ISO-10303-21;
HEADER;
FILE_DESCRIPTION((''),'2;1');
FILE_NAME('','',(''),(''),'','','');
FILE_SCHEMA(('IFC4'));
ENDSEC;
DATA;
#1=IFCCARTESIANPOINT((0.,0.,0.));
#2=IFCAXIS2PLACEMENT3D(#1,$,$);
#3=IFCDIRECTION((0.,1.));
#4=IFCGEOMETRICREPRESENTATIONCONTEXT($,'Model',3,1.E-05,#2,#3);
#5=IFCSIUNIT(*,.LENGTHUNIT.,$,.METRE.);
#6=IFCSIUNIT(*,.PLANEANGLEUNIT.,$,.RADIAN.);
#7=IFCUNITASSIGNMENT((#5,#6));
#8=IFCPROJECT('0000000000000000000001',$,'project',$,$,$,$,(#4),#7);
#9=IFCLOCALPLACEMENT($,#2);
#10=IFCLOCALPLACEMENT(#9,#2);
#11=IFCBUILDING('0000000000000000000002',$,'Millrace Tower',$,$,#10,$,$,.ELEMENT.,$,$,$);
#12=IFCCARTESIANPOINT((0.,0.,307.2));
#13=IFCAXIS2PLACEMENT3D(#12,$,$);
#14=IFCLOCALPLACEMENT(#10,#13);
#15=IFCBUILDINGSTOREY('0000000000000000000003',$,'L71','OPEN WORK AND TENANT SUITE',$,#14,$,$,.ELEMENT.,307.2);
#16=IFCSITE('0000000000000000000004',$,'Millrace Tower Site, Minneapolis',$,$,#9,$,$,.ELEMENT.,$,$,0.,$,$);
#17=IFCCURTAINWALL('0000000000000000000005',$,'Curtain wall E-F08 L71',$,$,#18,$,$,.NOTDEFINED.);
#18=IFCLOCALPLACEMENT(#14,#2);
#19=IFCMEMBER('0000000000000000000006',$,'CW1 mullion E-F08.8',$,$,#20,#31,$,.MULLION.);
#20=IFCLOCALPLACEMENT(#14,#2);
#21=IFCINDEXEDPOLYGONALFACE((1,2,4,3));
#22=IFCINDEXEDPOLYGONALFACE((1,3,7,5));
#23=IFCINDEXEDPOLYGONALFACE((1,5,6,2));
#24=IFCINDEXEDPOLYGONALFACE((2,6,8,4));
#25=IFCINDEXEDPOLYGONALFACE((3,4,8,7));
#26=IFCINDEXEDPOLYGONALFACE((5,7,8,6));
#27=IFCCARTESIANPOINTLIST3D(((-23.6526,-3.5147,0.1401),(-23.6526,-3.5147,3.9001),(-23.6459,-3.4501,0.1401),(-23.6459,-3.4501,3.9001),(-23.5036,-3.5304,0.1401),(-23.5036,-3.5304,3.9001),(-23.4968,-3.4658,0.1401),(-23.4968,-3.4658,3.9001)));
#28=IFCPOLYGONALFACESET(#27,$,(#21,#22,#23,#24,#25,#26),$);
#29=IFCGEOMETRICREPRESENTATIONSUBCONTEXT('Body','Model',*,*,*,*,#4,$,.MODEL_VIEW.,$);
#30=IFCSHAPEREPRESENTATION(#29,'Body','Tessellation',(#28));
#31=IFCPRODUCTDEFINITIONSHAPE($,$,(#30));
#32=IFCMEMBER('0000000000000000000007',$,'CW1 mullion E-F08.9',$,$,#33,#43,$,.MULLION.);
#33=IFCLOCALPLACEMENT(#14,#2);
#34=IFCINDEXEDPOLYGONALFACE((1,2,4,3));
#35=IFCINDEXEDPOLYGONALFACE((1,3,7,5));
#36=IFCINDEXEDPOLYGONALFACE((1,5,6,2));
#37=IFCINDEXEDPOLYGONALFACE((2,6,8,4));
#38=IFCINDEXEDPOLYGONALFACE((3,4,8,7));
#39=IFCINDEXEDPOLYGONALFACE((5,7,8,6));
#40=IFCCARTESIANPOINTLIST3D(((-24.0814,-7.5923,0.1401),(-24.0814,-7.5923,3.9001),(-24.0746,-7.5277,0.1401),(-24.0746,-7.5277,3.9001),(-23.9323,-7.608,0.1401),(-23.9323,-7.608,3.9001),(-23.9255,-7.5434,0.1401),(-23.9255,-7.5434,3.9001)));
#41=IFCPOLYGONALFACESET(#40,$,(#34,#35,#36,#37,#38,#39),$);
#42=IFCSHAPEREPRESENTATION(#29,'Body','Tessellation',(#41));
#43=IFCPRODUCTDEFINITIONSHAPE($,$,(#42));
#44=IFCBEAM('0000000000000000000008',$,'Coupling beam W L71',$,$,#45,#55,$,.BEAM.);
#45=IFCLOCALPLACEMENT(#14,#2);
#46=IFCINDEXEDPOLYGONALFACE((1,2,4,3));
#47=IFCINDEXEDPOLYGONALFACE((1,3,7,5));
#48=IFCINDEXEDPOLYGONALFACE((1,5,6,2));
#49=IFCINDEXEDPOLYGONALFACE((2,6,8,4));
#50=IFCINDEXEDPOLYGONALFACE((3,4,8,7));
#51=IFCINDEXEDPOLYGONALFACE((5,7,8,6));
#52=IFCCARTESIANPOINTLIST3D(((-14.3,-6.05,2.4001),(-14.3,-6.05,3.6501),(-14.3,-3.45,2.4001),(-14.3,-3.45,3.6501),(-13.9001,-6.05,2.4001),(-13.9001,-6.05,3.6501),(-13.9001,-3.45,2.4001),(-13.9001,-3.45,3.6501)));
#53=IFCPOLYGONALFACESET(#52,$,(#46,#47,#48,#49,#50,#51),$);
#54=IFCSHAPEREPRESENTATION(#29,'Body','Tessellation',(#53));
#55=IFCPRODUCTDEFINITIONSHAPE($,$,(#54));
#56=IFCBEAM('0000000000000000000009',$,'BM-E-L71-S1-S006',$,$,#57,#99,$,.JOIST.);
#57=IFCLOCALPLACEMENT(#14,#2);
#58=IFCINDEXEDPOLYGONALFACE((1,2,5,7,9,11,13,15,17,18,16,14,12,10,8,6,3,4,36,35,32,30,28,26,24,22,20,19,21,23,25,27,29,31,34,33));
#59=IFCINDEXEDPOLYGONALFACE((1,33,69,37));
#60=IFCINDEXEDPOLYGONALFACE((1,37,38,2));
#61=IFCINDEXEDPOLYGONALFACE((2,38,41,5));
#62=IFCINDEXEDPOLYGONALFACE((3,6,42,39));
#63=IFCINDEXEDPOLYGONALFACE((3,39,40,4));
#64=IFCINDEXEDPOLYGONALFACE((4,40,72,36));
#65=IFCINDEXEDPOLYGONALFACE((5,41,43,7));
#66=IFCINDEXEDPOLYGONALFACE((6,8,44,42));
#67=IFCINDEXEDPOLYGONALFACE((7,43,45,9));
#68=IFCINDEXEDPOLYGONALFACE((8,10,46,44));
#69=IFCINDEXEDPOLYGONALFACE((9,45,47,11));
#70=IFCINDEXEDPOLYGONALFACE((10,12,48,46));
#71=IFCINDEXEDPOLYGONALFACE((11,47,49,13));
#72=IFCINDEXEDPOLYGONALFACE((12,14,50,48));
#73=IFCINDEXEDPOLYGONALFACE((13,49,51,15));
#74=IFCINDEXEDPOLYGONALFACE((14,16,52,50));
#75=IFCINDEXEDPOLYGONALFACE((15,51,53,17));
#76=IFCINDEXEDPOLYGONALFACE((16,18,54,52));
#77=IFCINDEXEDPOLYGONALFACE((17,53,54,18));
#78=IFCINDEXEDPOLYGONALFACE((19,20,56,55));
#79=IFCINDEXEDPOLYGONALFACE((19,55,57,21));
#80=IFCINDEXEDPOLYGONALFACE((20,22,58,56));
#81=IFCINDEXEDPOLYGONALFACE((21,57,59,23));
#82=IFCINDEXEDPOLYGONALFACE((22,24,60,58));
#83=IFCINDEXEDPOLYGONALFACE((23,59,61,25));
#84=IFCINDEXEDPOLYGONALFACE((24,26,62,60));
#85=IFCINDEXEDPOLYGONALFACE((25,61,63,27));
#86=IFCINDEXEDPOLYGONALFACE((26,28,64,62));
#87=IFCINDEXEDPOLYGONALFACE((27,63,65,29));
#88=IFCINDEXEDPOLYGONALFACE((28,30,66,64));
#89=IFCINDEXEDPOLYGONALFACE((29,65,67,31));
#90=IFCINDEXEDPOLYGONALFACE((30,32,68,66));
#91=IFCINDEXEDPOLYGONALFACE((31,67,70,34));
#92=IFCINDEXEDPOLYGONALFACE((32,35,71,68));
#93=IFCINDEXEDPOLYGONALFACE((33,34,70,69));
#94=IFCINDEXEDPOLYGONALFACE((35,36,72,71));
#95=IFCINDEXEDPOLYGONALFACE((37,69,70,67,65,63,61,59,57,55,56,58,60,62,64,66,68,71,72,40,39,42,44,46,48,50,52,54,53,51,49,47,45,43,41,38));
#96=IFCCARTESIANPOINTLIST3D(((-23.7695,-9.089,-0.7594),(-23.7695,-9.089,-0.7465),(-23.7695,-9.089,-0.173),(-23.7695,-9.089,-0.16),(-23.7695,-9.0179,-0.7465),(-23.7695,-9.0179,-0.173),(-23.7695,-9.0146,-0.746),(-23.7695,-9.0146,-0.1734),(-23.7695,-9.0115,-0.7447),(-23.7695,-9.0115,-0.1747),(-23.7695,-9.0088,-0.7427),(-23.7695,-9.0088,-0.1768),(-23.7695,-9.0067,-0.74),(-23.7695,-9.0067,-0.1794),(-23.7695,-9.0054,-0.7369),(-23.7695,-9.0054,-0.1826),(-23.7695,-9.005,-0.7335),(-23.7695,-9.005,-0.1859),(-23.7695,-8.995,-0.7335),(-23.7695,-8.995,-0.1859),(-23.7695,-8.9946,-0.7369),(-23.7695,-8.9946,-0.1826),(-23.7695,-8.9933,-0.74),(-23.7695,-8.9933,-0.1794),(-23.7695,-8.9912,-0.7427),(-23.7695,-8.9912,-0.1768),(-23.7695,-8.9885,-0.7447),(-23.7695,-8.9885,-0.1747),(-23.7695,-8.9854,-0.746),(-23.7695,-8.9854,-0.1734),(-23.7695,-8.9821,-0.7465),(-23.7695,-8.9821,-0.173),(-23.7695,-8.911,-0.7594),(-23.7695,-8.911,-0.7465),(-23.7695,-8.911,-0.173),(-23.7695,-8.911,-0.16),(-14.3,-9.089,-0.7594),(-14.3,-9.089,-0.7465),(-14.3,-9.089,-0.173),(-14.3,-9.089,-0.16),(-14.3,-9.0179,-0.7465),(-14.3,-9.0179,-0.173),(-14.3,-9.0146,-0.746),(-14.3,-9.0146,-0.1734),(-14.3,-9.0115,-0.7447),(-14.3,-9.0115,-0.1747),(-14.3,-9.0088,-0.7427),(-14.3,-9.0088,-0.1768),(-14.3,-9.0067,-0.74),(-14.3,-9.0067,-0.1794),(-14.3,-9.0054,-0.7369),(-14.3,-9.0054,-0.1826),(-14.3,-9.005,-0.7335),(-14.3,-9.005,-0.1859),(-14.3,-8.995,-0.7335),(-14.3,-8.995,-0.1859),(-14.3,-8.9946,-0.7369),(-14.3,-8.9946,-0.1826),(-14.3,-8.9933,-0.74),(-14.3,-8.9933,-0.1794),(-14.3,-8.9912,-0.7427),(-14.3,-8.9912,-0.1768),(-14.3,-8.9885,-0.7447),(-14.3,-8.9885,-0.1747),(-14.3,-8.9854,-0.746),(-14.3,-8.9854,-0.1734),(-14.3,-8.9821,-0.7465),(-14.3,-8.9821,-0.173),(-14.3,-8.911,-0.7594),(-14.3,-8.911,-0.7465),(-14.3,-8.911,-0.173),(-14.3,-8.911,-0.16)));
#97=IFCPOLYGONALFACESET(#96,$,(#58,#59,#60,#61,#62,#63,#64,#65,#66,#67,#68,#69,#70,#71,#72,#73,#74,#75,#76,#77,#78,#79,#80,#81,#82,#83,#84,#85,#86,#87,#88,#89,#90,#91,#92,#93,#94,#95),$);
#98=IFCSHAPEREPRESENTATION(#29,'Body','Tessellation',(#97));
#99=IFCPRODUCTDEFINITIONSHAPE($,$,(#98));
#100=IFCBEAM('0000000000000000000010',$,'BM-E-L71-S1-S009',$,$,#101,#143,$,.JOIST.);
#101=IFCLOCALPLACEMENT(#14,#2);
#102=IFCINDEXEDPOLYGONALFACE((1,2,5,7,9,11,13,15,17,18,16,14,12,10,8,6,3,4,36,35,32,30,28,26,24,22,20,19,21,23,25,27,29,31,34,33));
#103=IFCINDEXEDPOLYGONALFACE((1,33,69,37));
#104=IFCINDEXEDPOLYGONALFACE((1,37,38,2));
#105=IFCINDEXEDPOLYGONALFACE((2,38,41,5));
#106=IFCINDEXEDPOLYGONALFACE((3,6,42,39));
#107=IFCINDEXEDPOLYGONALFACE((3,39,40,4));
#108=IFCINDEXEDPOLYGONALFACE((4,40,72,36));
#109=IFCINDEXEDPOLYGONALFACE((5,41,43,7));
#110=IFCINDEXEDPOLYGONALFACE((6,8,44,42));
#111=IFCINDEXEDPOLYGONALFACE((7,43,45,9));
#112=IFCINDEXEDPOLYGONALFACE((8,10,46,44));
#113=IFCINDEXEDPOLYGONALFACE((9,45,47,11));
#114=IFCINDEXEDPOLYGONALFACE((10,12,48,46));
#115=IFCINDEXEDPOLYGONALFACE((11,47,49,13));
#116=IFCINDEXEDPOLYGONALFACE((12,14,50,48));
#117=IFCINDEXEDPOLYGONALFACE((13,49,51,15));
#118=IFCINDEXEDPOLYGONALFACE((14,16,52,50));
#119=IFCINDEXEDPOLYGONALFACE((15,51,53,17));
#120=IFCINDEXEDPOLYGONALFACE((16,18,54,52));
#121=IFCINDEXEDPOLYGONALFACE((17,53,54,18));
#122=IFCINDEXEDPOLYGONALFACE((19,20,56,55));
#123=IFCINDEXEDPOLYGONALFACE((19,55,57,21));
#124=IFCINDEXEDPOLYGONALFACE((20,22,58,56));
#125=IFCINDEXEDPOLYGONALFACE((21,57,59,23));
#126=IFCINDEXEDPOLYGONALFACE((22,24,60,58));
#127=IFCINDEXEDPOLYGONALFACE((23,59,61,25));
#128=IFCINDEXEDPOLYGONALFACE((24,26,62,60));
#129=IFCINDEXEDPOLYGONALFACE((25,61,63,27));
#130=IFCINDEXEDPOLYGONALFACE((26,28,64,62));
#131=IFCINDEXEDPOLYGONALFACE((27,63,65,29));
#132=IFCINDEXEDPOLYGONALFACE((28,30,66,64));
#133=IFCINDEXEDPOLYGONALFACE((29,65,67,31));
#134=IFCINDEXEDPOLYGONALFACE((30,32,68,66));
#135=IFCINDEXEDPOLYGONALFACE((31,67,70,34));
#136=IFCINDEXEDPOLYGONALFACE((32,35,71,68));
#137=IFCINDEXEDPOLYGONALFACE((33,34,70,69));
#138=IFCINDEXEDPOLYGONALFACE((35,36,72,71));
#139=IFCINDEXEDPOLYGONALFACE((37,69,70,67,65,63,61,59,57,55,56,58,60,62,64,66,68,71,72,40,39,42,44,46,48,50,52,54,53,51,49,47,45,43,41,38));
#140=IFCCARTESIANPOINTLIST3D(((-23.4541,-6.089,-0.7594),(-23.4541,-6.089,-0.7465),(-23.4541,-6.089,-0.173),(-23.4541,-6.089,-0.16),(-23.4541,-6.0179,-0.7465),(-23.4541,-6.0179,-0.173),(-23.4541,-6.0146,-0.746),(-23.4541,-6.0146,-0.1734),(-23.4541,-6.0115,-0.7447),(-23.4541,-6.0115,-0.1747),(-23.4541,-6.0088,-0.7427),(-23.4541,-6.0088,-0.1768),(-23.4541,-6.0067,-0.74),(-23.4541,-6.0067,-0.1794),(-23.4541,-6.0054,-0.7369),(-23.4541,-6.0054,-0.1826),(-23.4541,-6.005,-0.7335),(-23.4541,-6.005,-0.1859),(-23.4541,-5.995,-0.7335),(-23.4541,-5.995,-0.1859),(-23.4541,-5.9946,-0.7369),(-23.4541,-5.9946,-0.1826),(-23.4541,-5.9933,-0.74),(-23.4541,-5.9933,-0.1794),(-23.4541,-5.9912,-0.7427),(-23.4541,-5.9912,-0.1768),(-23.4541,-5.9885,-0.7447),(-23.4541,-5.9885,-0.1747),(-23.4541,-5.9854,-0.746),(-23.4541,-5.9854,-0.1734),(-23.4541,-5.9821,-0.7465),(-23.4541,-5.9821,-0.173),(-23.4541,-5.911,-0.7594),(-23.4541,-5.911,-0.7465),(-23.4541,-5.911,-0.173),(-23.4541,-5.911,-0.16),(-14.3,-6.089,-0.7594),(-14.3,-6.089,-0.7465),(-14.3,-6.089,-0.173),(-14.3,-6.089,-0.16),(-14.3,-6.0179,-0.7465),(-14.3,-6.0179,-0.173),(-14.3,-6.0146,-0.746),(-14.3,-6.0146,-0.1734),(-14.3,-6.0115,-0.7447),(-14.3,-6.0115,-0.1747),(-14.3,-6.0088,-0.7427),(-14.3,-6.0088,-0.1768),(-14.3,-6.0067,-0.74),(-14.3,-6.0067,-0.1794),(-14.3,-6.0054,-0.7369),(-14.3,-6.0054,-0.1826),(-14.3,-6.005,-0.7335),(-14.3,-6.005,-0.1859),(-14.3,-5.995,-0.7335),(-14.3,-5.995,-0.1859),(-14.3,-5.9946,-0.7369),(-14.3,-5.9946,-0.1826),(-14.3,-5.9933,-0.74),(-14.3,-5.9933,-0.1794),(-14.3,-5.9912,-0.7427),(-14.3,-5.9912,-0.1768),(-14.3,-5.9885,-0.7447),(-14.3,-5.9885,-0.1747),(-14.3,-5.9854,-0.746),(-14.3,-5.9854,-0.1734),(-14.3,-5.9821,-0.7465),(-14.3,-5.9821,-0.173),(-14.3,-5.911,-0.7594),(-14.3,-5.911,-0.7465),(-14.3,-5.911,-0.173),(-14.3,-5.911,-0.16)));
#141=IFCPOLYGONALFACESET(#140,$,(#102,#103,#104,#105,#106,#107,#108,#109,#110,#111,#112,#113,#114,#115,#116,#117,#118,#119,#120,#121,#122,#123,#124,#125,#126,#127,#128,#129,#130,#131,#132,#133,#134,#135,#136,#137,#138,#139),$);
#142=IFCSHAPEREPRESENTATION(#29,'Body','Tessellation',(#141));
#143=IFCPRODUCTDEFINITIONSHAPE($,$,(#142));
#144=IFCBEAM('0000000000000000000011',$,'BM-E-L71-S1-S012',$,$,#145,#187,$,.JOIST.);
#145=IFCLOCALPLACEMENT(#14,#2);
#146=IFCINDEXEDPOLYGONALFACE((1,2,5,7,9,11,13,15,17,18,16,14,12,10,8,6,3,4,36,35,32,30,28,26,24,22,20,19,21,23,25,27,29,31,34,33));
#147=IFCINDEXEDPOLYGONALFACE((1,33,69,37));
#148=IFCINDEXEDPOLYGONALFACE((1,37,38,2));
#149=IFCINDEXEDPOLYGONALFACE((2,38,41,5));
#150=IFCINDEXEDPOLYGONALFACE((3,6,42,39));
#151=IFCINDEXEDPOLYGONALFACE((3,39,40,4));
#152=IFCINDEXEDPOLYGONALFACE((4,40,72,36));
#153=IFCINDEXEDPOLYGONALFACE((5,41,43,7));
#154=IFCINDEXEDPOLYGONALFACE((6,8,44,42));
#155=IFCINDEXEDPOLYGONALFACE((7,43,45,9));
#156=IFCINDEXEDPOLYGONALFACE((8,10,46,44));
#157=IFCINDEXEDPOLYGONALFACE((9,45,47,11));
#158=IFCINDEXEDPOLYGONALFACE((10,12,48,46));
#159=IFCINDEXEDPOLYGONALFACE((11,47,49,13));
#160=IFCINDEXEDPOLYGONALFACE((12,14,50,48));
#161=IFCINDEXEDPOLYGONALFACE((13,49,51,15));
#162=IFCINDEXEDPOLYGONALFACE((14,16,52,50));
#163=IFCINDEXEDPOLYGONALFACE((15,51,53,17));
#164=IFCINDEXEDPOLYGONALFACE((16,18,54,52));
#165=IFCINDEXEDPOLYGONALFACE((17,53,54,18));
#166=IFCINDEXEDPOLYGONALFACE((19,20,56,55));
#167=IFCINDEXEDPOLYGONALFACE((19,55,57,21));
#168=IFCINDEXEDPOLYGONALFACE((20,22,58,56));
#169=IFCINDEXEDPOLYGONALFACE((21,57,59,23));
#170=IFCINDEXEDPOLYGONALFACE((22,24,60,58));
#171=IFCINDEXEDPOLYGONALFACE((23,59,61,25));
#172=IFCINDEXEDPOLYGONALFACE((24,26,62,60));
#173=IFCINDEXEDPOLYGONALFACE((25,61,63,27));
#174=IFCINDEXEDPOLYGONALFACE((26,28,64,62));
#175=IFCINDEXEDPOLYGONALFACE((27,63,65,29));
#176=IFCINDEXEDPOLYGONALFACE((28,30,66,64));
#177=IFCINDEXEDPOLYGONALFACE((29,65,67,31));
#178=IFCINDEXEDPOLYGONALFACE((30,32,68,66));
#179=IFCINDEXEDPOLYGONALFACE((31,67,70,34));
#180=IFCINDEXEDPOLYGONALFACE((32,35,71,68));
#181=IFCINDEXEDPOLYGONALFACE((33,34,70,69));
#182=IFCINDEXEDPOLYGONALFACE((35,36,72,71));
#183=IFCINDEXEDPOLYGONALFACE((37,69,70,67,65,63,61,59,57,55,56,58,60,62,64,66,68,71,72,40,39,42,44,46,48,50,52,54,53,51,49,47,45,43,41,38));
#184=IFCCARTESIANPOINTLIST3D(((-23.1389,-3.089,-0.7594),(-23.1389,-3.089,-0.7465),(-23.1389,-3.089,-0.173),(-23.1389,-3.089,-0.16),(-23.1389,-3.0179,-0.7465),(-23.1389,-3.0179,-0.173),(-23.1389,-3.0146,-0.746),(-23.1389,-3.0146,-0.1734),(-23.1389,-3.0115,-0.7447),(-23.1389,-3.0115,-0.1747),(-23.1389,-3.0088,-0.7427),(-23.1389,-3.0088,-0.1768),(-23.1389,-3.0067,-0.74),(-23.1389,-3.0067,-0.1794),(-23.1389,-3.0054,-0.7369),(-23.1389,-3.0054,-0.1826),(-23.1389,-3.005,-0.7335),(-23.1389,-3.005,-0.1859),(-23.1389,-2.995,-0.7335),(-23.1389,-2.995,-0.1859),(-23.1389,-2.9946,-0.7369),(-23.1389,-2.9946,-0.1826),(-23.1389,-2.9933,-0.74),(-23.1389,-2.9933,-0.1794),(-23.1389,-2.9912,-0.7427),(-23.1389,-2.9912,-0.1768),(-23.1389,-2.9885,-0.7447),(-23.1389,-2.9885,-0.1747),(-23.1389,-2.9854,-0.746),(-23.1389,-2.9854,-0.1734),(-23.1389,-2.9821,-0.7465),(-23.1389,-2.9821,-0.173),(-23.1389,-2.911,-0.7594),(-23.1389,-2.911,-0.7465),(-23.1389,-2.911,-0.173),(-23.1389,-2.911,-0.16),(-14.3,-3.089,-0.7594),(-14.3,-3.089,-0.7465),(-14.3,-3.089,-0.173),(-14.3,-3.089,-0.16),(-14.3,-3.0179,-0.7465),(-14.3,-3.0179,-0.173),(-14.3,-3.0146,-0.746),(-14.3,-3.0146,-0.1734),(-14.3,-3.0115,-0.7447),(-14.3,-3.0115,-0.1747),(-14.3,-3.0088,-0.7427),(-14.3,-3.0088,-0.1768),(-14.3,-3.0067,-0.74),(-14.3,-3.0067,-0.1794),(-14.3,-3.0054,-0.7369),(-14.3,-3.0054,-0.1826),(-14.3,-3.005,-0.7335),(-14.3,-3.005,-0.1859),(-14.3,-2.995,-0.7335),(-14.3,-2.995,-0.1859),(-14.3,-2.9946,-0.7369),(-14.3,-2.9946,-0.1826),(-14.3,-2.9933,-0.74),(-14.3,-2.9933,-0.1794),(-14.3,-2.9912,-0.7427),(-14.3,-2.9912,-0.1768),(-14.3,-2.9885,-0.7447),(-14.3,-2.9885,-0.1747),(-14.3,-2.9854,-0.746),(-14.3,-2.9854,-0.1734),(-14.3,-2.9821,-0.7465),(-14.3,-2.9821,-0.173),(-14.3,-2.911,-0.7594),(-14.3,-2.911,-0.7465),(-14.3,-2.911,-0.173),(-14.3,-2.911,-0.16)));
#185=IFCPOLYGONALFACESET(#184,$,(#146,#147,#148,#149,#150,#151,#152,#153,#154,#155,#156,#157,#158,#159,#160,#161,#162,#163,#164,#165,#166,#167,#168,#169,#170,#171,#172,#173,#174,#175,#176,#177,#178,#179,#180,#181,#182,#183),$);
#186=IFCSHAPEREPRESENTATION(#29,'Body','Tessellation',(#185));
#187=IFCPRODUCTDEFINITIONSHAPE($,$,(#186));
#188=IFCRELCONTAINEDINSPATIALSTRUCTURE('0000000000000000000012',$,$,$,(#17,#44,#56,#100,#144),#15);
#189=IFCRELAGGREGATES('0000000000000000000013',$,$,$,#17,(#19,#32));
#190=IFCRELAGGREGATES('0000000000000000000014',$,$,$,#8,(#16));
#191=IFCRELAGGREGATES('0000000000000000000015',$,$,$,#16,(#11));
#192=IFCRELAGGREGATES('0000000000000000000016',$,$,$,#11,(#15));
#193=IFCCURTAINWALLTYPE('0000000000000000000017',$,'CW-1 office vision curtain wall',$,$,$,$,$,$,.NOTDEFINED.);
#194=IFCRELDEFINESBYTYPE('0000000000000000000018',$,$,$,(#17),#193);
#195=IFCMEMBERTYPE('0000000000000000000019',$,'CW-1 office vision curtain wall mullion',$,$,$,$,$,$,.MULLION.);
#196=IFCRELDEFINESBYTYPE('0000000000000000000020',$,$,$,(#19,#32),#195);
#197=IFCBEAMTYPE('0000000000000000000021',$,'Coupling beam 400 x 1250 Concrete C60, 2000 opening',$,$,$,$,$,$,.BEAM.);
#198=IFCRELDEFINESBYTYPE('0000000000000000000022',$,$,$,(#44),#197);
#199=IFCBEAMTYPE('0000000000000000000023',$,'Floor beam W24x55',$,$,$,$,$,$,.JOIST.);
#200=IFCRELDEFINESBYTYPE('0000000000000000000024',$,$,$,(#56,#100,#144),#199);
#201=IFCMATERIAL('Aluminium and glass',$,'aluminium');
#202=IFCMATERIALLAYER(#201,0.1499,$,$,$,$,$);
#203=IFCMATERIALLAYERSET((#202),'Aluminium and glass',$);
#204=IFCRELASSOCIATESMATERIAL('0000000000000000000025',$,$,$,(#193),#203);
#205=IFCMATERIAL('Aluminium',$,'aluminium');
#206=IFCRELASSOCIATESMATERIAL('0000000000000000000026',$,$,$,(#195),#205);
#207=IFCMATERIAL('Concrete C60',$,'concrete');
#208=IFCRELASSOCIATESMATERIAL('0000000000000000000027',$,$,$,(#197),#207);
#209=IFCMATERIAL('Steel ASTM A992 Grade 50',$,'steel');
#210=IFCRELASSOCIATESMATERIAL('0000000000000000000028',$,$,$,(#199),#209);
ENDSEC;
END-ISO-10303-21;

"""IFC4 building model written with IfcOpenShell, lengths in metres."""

from ifc_helpers import new_model, si_unit, direction, frame, origin, origin_2d, place, context, subcontext, project, spatial, rectangle, i_section, extrude, material, layer, layer_set, material_profile, profile_set, type_object, element, aggregate, save


model = new_model("IFC4")

# Units and contexts
model_context = context("Model", 3, precision=1e-05, world=origin(), true_north=direction((0.0, 1.0)))
body_context = subcontext(model_context, "Body", "Model", "MODEL_VIEW")
ifc_project = project(units=[si_unit("LENGTHUNIT", "METRE"), si_unit("PLANEANGLEUNIT", "RADIAN")], contexts=[model_context])

# Site, building, storey
site_placement = place(None, origin())
site = spatial("IfcSite", under=ifc_project, at=site_placement, Name="Millrace Tower Site, Minneapolis", CompositionType="ELEMENT", RefElevation=0.0)
building_placement = place(site_placement, origin())
building = spatial("IfcBuilding", under=site, at=building_placement, Name="Millrace Tower", CompositionType="ELEMENT")
storey_placement = place(building_placement, frame((0.0, 0.0, 307.2)))
storey = spatial("IfcBuildingStorey", under=building, at=storey_placement, Name="L71", Description="OPEN WORK AND TENANT SUITE", CompositionType="ELEMENT", Elevation=307.2)

# Curtain wall, members
ifc_material_1 = material(Name="Aluminium and glass", Category="aluminium")
ifc_layer_1 = layer(ifc_material_1, 0.1499)
ifc_layer_set_1 = layer_set([ifc_layer_1], Name="Aluminium and glass")
curtain_wall_type = type_object("IfcCurtainWallType", Name="CW-1 office vision curtain wall", PredefinedType="NOTDEFINED", material=ifc_layer_set_1)
curtain_wall_placement = place(storey_placement, origin())
curtain_wall = element("IfcCurtainWall", 1, at=curtain_wall_placement, inside=storey, type_object=curtain_wall_type, Name="Curtain wall E-F08 L71", PredefinedType="NOTDEFINED")
ifc_material_2 = material(Name="Aluminium", Category="aluminium")
ifc_material_profile_1 = material_profile(ifc_material_2, rectangle(XDim=0.0649, YDim=0.1499, at=origin_2d()))
ifc_profile_set_1 = profile_set([ifc_material_profile_1], Name="Aluminium")
member_type = type_object("IfcMemberType", Name="CW-1 office vision curtain wall mullion", PredefinedType="MULLION", material=ifc_profile_set_1)
member_1_placement = place(storey_placement, frame((-23.5747, -3.4902, 0.1401), z_axis=(0.0, 0.0, 1.0), x_axis=(-0.104528, -0.994522, 0.0)))
member_1 = element("IfcMember", 2, at=member_1_placement, type_object=member_type, Name="CW1 mullion E-F08.8", PredefinedType="MULLION", context=body_context, shape_type="SweptSolid", body=[
    extrude(rectangle(XDim=0.0649, YDim=0.1499, at=origin_2d()), origin(), (0.0, 0.0, 1.0), 3.76),
])
member_2_placement = place(storey_placement, frame((-24.0034, -7.5679, 0.1401), z_axis=(0.0, 0.0, 1.0), x_axis=(-0.104528, -0.994522, 0.0)))
member_2 = element("IfcMember", 3, at=member_2_placement, type_object=member_type, Name="CW1 mullion E-F08.9", PredefinedType="MULLION", context=body_context, shape_type="SweptSolid", body=[
    extrude(rectangle(XDim=0.0649, YDim=0.1499, at=origin_2d()), origin(), (0.0, 0.0, 1.0), 3.76),
])
aggregate(curtain_wall, [member_1, member_2])

# Beams
ifc_material_3 = material(Name="Concrete C60", Category="concrete")
ifc_material_profile_2 = material_profile(ifc_material_3, rectangle(XDim=0.3999, YDim=1.25, at=origin_2d()))
ifc_profile_set_2 = profile_set([ifc_material_profile_2], Name="Concrete C60")
beam_type_1 = type_object("IfcBeamType", Name="Coupling beam 400 x 1250 Concrete C60, 2000 opening", PredefinedType="BEAM", material=ifc_profile_set_2)
beam_1_placement = place(storey_placement, frame((-14.1001, -6.05, 3.0251), z_axis=(0.0, 1.0, 0.0), x_axis=(-1.0, 0.0, 0.0)))
element("IfcBeam", 4, at=beam_1_placement, inside=storey, type_object=beam_type_1, Name="Coupling beam W L71", PredefinedType="BEAM", context=body_context, shape_type="SweptSolid", body=[
    extrude(rectangle(XDim=0.3999, YDim=1.25, at=origin_2d()), origin(), (0.0, 0.0, 1.0), 2.6001),
])
ifc_material_4 = material(Name="Steel ASTM A992 Grade 50", Category="steel")
ifc_material_profile_3 = material_profile(ifc_material_4, i_section(OverallWidth=0.178, OverallDepth=0.5994, WebThickness=0.01, FlangeThickness=0.0129, FilletRadius=0.0129, at=origin_2d()))
ifc_profile_set_3 = profile_set([ifc_material_profile_3], Name="Steel ASTM A992 Grade 50")
beam_type_2 = type_object("IfcBeamType", Name="Floor beam W24x55", PredefinedType="JOIST", material=ifc_profile_set_3)
beam_2_placement = place(storey_placement, frame((-23.7695, -9.0, -0.4597), z_axis=(1.0, 0.0, 0.0), x_axis=(0.0, 1.0, 0.0)))
element("IfcBeam", 5, at=beam_2_placement, inside=storey, type_object=beam_type_2, Name="BM-E-L71-S1-S006", PredefinedType="JOIST", context=body_context, shape_type="SweptSolid", body=[
    extrude(i_section(OverallWidth=0.178, OverallDepth=0.5994, WebThickness=0.01, FlangeThickness=0.0129, FilletRadius=0.0129, at=origin_2d()), origin(), (0.0, 0.0, 1.0), 9.4695),
])
beam_3_placement = place(storey_placement, frame((-23.4541, -6.0, -0.4597), z_axis=(1.0, 0.0, 0.0), x_axis=(0.0, 1.0, 0.0)))
element("IfcBeam", 6, at=beam_3_placement, inside=storey, type_object=beam_type_2, Name="BM-E-L71-S1-S009", PredefinedType="JOIST", context=body_context, shape_type="SweptSolid", body=[
    extrude(i_section(OverallWidth=0.178, OverallDepth=0.5994, WebThickness=0.01, FlangeThickness=0.0129, FilletRadius=0.0129, at=origin_2d()), origin(), (0.0, 0.0, 1.0), 9.1541),
])
beam_4_placement = place(storey_placement, frame((-23.1389, -3.0, -0.4597), z_axis=(1.0, 0.0, 0.0), x_axis=(0.0, 1.0, 0.0)))
element("IfcBeam", 7, at=beam_4_placement, inside=storey, type_object=beam_type_2, Name="BM-E-L71-S1-S012", PredefinedType="JOIST", context=body_context, shape_type="SweptSolid", body=[
    extrude(i_section(OverallWidth=0.178, OverallDepth=0.5994, WebThickness=0.01, FlangeThickness=0.0129, FilletRadius=0.0129, at=origin_2d()), origin(), (0.0, 0.0, 1.0), 8.8389),
])

save(model, "model.ifc")
